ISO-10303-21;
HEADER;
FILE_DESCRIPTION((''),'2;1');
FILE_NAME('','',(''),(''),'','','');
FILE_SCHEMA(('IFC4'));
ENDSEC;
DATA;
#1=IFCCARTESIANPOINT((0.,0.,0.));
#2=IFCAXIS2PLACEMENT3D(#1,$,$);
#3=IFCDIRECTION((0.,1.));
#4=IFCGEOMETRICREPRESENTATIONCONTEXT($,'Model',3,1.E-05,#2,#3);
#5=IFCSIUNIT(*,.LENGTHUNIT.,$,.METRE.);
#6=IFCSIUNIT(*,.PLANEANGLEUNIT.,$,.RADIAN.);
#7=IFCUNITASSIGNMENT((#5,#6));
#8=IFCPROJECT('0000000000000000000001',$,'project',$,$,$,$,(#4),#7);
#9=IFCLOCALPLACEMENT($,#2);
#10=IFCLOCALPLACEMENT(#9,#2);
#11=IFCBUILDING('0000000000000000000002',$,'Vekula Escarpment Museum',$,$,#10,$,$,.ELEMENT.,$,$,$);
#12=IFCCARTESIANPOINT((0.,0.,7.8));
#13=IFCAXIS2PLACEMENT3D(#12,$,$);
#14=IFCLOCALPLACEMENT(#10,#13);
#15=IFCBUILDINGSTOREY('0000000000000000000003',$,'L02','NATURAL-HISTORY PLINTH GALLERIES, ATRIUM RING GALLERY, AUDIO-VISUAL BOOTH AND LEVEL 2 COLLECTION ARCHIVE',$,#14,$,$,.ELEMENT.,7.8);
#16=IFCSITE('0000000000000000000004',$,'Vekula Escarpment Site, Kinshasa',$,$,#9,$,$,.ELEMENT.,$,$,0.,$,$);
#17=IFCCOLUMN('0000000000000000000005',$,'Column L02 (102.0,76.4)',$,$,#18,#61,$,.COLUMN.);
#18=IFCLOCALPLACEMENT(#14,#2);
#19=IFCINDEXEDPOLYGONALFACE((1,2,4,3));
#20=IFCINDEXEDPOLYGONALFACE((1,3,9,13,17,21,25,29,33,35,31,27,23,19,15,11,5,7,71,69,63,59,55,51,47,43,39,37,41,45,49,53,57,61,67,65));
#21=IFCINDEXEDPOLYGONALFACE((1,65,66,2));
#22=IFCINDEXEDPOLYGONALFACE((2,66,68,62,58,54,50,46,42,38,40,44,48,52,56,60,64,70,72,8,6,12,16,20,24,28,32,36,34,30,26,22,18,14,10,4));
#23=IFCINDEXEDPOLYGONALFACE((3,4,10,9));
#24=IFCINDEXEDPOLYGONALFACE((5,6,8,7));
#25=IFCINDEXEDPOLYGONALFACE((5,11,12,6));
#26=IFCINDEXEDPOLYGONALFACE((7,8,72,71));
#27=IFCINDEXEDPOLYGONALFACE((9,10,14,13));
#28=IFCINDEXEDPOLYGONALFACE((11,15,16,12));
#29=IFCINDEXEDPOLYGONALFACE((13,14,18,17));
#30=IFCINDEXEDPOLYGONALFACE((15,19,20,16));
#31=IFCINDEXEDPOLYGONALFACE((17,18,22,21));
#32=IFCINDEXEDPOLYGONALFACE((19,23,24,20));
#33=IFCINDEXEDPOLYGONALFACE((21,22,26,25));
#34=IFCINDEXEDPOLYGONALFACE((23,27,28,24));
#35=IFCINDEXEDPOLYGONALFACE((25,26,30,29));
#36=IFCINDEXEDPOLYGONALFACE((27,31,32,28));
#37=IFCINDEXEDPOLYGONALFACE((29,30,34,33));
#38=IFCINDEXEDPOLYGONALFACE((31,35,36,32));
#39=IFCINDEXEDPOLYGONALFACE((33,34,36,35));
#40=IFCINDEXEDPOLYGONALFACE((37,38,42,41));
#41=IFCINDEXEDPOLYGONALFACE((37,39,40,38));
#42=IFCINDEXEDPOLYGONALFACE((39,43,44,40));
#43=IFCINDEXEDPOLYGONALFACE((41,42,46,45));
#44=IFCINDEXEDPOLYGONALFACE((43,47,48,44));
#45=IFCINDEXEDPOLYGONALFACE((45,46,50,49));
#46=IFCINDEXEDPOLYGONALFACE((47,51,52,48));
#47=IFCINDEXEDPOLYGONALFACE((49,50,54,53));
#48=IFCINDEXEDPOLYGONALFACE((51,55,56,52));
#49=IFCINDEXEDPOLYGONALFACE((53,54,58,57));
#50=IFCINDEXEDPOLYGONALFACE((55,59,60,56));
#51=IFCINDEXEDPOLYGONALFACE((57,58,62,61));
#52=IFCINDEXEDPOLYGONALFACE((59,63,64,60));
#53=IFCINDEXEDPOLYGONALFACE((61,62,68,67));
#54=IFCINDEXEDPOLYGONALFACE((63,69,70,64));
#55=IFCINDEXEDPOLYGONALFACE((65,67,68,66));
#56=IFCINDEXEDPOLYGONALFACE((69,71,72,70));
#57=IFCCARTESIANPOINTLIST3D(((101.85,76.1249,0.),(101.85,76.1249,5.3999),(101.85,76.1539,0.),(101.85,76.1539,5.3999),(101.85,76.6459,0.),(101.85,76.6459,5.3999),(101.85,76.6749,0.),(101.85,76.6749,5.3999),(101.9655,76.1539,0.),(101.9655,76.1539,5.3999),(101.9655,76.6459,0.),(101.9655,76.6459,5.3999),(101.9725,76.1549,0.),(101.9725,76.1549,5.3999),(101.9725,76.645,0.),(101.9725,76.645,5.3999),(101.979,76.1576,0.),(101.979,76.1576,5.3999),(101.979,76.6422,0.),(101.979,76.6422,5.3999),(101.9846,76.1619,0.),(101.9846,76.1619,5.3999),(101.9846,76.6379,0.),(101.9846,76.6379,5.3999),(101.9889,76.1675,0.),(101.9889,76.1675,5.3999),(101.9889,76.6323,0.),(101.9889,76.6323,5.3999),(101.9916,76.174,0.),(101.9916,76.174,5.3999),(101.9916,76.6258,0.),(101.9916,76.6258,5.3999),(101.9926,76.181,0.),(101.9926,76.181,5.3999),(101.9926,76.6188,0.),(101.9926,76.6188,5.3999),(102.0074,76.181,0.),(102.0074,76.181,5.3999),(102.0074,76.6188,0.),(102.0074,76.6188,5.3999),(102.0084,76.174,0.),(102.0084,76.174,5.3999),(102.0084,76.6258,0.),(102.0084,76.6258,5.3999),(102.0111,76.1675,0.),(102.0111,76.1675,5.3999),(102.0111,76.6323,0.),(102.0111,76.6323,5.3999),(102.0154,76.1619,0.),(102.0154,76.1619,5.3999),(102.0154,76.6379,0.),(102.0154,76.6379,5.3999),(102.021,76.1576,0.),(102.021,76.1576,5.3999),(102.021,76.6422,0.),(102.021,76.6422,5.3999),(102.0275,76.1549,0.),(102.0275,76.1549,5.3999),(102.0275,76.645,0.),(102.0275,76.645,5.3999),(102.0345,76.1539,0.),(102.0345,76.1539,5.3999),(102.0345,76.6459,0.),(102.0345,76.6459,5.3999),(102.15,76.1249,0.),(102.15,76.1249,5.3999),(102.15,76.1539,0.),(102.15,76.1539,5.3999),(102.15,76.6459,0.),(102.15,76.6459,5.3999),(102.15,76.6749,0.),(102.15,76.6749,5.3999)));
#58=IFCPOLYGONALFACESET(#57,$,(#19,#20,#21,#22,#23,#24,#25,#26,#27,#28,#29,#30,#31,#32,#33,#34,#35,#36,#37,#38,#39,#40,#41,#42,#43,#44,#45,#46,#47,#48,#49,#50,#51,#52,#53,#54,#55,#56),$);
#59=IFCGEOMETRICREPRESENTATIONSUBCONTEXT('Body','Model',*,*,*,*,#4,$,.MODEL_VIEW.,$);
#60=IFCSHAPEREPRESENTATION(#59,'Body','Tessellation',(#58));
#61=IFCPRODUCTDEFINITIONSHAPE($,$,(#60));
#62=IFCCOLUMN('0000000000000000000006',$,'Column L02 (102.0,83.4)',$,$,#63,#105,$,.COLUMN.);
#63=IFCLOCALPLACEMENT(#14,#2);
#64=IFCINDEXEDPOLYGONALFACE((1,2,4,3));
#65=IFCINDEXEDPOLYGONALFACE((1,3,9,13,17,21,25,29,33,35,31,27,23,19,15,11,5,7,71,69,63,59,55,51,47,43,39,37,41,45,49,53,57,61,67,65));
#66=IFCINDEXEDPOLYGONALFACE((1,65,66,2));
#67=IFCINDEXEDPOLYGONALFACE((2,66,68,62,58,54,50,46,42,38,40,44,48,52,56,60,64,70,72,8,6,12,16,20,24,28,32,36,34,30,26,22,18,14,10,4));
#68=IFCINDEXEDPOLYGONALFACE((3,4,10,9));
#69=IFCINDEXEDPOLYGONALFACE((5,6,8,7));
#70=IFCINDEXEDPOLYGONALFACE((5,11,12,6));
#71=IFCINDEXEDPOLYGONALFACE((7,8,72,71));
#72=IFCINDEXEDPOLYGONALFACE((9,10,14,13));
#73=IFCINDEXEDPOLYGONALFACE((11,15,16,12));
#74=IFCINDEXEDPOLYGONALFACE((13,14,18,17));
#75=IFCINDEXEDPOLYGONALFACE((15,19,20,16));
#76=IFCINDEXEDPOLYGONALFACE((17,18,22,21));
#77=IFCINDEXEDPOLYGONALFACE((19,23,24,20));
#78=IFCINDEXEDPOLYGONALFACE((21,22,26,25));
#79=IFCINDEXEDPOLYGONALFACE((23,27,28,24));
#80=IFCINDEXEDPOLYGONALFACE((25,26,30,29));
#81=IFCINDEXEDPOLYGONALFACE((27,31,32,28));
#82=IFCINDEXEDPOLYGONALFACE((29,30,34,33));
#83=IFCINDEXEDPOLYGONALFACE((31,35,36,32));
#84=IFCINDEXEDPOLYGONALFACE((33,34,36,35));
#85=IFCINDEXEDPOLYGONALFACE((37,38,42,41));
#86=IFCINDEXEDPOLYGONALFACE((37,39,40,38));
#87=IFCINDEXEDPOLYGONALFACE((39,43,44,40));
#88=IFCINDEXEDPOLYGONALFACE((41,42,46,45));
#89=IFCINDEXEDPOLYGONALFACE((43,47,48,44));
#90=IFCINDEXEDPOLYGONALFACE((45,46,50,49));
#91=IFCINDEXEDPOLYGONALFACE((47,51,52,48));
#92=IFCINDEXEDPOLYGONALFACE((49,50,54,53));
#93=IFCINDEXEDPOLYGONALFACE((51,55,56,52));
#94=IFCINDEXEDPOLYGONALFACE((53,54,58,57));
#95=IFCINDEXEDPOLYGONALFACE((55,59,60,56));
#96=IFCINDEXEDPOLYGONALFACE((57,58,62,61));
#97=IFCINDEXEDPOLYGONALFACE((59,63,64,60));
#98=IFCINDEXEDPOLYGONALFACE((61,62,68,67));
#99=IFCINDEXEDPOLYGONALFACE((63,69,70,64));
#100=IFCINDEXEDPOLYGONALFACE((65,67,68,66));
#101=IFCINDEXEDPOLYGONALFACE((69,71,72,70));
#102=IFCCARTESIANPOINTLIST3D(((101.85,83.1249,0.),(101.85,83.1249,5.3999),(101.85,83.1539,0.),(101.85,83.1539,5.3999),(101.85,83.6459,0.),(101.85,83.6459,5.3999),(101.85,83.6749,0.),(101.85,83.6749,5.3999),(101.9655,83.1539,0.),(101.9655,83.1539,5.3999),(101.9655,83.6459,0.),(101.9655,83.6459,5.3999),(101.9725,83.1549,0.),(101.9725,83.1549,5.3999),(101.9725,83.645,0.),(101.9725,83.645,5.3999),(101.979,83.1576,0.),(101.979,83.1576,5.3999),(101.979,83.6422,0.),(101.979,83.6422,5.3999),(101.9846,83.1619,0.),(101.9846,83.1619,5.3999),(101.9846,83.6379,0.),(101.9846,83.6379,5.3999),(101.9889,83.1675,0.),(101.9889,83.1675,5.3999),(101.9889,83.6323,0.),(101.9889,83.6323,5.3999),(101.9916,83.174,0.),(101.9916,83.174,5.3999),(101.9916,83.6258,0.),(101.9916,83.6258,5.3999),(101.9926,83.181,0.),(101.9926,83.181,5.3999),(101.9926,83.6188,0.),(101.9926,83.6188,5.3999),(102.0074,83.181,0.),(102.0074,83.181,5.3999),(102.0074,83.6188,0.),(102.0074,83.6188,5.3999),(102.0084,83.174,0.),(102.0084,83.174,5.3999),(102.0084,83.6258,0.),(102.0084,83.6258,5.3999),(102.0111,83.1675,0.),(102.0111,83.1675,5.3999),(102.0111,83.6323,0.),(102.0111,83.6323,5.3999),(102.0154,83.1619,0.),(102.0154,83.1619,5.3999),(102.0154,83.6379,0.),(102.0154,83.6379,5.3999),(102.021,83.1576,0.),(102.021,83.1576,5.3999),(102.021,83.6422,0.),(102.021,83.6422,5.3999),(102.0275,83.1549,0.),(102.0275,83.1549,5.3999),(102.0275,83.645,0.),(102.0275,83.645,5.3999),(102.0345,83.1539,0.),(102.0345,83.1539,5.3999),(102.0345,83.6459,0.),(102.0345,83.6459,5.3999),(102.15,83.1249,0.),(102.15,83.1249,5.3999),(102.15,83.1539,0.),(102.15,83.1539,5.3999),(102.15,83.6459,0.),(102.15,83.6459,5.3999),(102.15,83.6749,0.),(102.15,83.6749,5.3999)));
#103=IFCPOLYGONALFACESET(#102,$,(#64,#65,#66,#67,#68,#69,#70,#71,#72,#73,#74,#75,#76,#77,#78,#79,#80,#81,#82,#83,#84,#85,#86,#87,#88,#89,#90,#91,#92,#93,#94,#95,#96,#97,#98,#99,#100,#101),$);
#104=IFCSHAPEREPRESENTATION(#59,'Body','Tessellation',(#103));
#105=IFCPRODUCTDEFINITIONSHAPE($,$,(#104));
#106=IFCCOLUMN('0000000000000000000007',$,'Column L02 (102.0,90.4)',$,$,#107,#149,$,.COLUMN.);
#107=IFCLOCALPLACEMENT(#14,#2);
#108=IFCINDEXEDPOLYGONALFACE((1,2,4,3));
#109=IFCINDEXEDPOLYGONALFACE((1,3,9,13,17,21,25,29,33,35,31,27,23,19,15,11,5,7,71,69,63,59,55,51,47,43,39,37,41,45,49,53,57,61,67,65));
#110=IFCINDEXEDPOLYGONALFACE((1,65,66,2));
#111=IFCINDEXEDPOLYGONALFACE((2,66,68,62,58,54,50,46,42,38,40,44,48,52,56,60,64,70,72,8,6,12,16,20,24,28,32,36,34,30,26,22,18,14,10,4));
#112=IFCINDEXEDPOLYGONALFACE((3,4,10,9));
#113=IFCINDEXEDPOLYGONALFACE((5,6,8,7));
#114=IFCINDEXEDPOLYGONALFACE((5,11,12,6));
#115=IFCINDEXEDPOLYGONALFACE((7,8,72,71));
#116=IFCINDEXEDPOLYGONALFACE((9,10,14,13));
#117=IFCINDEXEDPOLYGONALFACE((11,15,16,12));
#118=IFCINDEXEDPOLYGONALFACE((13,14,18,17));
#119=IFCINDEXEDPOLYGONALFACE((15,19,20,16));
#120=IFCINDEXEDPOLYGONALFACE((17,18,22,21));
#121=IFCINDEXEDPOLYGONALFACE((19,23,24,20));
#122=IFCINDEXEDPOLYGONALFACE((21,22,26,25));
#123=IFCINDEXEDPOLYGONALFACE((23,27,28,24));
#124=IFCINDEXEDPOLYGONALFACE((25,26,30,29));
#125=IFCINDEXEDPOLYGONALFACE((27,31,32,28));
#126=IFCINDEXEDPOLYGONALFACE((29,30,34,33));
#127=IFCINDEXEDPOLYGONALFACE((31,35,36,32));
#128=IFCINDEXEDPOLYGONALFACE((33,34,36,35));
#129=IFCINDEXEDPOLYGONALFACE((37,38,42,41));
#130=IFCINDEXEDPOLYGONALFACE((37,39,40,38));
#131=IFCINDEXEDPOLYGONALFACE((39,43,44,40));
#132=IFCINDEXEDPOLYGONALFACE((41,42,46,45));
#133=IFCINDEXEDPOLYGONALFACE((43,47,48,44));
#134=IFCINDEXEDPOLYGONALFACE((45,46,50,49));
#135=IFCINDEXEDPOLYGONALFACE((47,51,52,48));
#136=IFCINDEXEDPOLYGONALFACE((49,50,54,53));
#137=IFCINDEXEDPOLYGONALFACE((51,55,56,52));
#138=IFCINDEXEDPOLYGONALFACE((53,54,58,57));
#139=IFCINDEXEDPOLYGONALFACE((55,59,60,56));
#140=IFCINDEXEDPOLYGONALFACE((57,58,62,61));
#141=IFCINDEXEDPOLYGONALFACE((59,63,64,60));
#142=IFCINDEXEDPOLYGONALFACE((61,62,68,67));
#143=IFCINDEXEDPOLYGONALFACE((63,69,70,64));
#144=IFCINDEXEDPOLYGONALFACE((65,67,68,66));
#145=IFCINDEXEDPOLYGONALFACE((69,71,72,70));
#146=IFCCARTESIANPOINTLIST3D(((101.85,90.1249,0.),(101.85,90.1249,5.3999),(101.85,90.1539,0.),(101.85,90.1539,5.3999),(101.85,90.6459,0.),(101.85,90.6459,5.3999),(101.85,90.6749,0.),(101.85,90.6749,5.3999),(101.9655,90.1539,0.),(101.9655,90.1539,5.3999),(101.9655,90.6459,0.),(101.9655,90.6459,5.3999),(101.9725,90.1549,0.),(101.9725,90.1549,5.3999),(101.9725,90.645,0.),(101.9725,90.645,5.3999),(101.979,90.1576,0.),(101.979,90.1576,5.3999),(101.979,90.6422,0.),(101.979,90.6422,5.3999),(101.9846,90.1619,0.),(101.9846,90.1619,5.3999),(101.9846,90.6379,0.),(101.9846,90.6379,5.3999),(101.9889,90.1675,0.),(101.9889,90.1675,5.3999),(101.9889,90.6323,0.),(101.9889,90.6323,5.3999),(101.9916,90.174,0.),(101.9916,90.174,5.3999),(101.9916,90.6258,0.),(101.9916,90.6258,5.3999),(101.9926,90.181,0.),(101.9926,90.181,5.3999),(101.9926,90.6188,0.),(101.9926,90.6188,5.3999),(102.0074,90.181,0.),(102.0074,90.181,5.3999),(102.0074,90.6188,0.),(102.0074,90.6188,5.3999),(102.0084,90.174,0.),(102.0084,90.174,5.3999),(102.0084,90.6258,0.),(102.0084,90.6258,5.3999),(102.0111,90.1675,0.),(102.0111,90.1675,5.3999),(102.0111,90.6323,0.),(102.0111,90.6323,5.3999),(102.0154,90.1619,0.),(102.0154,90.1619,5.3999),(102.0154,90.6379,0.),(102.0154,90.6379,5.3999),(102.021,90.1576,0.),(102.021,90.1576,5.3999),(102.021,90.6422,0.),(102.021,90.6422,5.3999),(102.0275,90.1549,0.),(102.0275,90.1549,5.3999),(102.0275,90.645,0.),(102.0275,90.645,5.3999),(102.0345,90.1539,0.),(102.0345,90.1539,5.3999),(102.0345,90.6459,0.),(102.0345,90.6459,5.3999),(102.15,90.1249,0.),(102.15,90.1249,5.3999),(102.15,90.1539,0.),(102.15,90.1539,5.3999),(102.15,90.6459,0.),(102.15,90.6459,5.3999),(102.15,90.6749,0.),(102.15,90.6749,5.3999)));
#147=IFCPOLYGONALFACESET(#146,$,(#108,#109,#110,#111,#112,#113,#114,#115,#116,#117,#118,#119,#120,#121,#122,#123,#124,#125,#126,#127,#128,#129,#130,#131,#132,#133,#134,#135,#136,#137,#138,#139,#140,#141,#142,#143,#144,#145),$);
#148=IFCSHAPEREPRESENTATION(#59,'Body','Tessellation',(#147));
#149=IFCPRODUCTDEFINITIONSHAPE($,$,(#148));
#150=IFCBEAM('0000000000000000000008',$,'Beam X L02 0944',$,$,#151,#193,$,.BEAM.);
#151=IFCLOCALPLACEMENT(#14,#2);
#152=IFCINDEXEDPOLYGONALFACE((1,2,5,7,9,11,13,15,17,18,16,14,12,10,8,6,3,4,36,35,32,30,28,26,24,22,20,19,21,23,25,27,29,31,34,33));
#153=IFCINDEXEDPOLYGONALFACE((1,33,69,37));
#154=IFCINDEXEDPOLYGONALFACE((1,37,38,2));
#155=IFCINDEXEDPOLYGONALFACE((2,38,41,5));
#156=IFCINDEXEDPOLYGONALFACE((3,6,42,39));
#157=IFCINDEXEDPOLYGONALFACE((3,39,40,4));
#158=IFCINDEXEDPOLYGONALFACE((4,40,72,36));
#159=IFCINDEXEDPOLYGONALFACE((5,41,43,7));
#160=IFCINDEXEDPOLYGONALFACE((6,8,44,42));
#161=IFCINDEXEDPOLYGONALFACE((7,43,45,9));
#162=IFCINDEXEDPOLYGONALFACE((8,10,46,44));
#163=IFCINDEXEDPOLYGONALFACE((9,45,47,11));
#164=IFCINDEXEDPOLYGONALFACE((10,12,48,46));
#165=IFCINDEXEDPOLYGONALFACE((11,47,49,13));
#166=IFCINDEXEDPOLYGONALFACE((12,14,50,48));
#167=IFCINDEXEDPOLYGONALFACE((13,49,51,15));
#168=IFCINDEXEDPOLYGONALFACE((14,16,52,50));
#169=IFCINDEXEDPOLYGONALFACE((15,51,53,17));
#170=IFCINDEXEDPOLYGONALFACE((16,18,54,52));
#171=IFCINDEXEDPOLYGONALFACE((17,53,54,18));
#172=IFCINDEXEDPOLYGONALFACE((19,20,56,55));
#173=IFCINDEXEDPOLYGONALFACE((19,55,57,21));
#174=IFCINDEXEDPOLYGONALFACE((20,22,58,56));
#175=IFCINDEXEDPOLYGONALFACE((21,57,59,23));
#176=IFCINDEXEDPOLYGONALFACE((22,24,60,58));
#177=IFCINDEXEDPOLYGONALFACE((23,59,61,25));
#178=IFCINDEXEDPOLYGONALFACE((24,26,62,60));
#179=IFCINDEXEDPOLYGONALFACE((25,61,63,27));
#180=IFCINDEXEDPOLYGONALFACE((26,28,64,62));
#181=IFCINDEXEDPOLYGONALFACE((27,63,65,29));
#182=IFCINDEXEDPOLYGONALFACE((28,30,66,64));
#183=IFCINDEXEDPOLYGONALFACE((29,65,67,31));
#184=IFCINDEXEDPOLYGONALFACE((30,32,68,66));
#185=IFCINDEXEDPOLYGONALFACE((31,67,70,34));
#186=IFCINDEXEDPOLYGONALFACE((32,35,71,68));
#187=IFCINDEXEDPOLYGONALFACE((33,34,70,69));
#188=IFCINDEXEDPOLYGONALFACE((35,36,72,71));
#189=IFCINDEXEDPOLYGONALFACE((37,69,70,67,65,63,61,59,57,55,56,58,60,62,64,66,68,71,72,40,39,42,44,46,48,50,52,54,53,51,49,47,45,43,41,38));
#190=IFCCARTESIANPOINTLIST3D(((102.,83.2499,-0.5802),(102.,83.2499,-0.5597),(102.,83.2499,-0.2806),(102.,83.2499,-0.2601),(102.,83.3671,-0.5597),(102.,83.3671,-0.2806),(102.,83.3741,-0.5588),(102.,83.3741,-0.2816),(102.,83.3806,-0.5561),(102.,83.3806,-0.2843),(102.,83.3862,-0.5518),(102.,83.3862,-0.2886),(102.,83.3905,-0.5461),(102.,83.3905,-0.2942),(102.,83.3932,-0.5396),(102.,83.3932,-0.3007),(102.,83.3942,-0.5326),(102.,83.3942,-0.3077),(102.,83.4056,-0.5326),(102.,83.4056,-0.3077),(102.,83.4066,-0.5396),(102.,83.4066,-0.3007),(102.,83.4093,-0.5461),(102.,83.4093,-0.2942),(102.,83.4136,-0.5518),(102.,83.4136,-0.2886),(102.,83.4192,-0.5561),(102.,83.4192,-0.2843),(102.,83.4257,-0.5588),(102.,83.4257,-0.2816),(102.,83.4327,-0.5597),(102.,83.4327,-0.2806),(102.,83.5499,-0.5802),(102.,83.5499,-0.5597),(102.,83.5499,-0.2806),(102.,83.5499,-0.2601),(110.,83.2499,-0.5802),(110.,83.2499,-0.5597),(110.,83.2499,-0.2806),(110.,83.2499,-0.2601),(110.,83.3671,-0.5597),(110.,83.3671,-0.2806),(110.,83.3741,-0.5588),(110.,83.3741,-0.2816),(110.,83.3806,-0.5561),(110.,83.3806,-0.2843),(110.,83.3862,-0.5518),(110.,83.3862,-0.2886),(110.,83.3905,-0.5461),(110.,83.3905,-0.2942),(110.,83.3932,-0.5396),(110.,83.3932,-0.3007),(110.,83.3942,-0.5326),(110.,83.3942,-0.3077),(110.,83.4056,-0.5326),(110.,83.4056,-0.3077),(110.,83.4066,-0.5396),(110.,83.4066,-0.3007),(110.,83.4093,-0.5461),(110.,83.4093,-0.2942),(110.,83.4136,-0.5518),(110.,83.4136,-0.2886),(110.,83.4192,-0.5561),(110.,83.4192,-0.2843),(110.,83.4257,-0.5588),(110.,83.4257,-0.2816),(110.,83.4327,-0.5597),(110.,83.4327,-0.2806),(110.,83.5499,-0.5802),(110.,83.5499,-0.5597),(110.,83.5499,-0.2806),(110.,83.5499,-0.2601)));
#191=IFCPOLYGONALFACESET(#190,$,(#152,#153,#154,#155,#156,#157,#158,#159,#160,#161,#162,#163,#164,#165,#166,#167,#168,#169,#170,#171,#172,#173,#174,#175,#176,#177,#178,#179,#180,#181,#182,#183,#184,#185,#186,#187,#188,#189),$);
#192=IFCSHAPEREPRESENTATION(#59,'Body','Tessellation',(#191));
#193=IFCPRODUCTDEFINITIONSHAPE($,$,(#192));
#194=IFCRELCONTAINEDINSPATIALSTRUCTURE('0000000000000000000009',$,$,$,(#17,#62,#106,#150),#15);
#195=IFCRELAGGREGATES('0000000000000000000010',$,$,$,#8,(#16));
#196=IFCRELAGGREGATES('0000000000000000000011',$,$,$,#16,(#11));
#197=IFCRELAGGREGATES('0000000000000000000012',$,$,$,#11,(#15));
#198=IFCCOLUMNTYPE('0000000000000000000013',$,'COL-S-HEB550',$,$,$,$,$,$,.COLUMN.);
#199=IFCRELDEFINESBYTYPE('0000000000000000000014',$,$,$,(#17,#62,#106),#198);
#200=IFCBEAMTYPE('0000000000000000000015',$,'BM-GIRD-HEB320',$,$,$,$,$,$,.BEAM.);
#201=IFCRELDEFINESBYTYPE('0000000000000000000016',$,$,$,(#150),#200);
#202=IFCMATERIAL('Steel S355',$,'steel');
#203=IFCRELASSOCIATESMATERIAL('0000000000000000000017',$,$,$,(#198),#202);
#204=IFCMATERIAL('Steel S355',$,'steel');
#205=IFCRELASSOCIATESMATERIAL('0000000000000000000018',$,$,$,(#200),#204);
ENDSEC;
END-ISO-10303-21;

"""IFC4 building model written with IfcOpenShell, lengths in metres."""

from ifc_helpers import new_model, si_unit, direction, frame, origin, origin_2d, place, context, subcontext, project, spatial, i_section, extrude, material, material_profile, profile_set, type_object, element, save


model = new_model("IFC4")

# Units and contexts
model_context = context("Model", 3, precision=1e-05, world=origin(), true_north=direction((0.0, 1.0)))
body_context = subcontext(model_context, "Body", "Model", "MODEL_VIEW")
ifc_project = project(units=[si_unit("LENGTHUNIT", "METRE"), si_unit("PLANEANGLEUNIT", "RADIAN")], contexts=[model_context])

# Site, building, storey
site_placement = place(None, origin())
site = spatial("IfcSite", under=ifc_project, at=site_placement, Name="Vekula Escarpment Site, Kinshasa", CompositionType="ELEMENT", RefElevation=0.0)
building_placement = place(site_placement, origin())
building = spatial("IfcBuilding", under=site, at=building_placement, Name="Vekula Escarpment Museum", CompositionType="ELEMENT")
storey_placement = place(building_placement, frame((0.0, 0.0, 7.8)))
storey = spatial("IfcBuildingStorey", under=building, at=storey_placement, Name="L02", Description="NATURAL-HISTORY PLINTH GALLERIES, ATRIUM RING GALLERY, AUDIO-VISUAL BOOTH AND LEVEL 2 COLLECTION ARCHIVE", CompositionType="ELEMENT", Elevation=7.8)

# Columns
ifc_material_1 = material(Name="Steel S355", Category="steel")
ifc_material_profile_1 = material_profile(ifc_material_1, i_section(OverallWidth=0.3, OverallDepth=0.55, WebThickness=0.0149, FlangeThickness=0.0291, FilletRadius=0.0271, at=origin_2d()), Name="HEB 550")
ifc_profile_set_1 = profile_set([ifc_material_profile_1], Name="Steel S355")
column_type = type_object("IfcColumnType", Name="COL-S-HEB550", PredefinedType="COLUMN", material=ifc_profile_set_1)
for number, where, z_axis, x_axis, name in (
    (1, (102.0, 76.3999, 0.0), (0.0, 0.0, 1.0), (1.0, 0.0, 0.0), "Column L02 (102.0,76.4)"),
    (2, (102.0, 83.3999, 0.0), (0.0, 0.0, 1.0), (1.0, 0.0, 0.0), "Column L02 (102.0,83.4)"),
    (3, (102.0, 90.3999, 0.0), (0.0, 0.0, 1.0), (1.0, 0.0, 0.0), "Column L02 (102.0,90.4)"),
):
    element("IfcColumn", number, at=place(storey_placement, frame(where, z_axis=z_axis, x_axis=x_axis)), inside=storey, type_object=column_type, Name=name, PredefinedType="COLUMN", context=body_context, shape_type="SweptSolid", body=[
        extrude(i_section(OverallWidth=0.3, OverallDepth=0.55, WebThickness=0.0149, FlangeThickness=0.0291, FilletRadius=0.0271, at=origin_2d()), origin(), (0.0, 0.0, 1.0), 5.3999),
    ])

# Beam
ifc_material_2 = material(Name="Steel S355", Category="steel")
ifc_material_profile_2 = material_profile(ifc_material_2, i_section(OverallWidth=0.3, OverallDepth=0.3201, WebThickness=0.0115, FlangeThickness=0.0205, FilletRadius=0.0271, at=origin_2d()), Name="HEB 320")
ifc_profile_set_2 = profile_set([ifc_material_profile_2], Name="Steel S355")
beam_type_1 = type_object("IfcBeamType", Name="BM-GIRD-HEB320", PredefinedType="BEAM", material=ifc_profile_set_2)
beam_1_placement = place(storey_placement, frame((102.0, 83.3999, -0.4202), z_axis=(1.0, 0.0, 0.0), x_axis=(0.0, 1.0, 0.0)))
element("IfcBeam", 4, at=beam_1_placement, inside=storey, type_object=beam_type_1, Name="Beam X L02 0944", PredefinedType="BEAM", context=body_context, shape_type="SweptSolid", body=[
    extrude(i_section(OverallWidth=0.3, OverallDepth=0.3201, WebThickness=0.0115, FlangeThickness=0.0205, FilletRadius=0.0271, at=origin_2d()), origin(), (0.0, 0.0, 1.0), 8.0),
])

save(model, "model.ifc")
